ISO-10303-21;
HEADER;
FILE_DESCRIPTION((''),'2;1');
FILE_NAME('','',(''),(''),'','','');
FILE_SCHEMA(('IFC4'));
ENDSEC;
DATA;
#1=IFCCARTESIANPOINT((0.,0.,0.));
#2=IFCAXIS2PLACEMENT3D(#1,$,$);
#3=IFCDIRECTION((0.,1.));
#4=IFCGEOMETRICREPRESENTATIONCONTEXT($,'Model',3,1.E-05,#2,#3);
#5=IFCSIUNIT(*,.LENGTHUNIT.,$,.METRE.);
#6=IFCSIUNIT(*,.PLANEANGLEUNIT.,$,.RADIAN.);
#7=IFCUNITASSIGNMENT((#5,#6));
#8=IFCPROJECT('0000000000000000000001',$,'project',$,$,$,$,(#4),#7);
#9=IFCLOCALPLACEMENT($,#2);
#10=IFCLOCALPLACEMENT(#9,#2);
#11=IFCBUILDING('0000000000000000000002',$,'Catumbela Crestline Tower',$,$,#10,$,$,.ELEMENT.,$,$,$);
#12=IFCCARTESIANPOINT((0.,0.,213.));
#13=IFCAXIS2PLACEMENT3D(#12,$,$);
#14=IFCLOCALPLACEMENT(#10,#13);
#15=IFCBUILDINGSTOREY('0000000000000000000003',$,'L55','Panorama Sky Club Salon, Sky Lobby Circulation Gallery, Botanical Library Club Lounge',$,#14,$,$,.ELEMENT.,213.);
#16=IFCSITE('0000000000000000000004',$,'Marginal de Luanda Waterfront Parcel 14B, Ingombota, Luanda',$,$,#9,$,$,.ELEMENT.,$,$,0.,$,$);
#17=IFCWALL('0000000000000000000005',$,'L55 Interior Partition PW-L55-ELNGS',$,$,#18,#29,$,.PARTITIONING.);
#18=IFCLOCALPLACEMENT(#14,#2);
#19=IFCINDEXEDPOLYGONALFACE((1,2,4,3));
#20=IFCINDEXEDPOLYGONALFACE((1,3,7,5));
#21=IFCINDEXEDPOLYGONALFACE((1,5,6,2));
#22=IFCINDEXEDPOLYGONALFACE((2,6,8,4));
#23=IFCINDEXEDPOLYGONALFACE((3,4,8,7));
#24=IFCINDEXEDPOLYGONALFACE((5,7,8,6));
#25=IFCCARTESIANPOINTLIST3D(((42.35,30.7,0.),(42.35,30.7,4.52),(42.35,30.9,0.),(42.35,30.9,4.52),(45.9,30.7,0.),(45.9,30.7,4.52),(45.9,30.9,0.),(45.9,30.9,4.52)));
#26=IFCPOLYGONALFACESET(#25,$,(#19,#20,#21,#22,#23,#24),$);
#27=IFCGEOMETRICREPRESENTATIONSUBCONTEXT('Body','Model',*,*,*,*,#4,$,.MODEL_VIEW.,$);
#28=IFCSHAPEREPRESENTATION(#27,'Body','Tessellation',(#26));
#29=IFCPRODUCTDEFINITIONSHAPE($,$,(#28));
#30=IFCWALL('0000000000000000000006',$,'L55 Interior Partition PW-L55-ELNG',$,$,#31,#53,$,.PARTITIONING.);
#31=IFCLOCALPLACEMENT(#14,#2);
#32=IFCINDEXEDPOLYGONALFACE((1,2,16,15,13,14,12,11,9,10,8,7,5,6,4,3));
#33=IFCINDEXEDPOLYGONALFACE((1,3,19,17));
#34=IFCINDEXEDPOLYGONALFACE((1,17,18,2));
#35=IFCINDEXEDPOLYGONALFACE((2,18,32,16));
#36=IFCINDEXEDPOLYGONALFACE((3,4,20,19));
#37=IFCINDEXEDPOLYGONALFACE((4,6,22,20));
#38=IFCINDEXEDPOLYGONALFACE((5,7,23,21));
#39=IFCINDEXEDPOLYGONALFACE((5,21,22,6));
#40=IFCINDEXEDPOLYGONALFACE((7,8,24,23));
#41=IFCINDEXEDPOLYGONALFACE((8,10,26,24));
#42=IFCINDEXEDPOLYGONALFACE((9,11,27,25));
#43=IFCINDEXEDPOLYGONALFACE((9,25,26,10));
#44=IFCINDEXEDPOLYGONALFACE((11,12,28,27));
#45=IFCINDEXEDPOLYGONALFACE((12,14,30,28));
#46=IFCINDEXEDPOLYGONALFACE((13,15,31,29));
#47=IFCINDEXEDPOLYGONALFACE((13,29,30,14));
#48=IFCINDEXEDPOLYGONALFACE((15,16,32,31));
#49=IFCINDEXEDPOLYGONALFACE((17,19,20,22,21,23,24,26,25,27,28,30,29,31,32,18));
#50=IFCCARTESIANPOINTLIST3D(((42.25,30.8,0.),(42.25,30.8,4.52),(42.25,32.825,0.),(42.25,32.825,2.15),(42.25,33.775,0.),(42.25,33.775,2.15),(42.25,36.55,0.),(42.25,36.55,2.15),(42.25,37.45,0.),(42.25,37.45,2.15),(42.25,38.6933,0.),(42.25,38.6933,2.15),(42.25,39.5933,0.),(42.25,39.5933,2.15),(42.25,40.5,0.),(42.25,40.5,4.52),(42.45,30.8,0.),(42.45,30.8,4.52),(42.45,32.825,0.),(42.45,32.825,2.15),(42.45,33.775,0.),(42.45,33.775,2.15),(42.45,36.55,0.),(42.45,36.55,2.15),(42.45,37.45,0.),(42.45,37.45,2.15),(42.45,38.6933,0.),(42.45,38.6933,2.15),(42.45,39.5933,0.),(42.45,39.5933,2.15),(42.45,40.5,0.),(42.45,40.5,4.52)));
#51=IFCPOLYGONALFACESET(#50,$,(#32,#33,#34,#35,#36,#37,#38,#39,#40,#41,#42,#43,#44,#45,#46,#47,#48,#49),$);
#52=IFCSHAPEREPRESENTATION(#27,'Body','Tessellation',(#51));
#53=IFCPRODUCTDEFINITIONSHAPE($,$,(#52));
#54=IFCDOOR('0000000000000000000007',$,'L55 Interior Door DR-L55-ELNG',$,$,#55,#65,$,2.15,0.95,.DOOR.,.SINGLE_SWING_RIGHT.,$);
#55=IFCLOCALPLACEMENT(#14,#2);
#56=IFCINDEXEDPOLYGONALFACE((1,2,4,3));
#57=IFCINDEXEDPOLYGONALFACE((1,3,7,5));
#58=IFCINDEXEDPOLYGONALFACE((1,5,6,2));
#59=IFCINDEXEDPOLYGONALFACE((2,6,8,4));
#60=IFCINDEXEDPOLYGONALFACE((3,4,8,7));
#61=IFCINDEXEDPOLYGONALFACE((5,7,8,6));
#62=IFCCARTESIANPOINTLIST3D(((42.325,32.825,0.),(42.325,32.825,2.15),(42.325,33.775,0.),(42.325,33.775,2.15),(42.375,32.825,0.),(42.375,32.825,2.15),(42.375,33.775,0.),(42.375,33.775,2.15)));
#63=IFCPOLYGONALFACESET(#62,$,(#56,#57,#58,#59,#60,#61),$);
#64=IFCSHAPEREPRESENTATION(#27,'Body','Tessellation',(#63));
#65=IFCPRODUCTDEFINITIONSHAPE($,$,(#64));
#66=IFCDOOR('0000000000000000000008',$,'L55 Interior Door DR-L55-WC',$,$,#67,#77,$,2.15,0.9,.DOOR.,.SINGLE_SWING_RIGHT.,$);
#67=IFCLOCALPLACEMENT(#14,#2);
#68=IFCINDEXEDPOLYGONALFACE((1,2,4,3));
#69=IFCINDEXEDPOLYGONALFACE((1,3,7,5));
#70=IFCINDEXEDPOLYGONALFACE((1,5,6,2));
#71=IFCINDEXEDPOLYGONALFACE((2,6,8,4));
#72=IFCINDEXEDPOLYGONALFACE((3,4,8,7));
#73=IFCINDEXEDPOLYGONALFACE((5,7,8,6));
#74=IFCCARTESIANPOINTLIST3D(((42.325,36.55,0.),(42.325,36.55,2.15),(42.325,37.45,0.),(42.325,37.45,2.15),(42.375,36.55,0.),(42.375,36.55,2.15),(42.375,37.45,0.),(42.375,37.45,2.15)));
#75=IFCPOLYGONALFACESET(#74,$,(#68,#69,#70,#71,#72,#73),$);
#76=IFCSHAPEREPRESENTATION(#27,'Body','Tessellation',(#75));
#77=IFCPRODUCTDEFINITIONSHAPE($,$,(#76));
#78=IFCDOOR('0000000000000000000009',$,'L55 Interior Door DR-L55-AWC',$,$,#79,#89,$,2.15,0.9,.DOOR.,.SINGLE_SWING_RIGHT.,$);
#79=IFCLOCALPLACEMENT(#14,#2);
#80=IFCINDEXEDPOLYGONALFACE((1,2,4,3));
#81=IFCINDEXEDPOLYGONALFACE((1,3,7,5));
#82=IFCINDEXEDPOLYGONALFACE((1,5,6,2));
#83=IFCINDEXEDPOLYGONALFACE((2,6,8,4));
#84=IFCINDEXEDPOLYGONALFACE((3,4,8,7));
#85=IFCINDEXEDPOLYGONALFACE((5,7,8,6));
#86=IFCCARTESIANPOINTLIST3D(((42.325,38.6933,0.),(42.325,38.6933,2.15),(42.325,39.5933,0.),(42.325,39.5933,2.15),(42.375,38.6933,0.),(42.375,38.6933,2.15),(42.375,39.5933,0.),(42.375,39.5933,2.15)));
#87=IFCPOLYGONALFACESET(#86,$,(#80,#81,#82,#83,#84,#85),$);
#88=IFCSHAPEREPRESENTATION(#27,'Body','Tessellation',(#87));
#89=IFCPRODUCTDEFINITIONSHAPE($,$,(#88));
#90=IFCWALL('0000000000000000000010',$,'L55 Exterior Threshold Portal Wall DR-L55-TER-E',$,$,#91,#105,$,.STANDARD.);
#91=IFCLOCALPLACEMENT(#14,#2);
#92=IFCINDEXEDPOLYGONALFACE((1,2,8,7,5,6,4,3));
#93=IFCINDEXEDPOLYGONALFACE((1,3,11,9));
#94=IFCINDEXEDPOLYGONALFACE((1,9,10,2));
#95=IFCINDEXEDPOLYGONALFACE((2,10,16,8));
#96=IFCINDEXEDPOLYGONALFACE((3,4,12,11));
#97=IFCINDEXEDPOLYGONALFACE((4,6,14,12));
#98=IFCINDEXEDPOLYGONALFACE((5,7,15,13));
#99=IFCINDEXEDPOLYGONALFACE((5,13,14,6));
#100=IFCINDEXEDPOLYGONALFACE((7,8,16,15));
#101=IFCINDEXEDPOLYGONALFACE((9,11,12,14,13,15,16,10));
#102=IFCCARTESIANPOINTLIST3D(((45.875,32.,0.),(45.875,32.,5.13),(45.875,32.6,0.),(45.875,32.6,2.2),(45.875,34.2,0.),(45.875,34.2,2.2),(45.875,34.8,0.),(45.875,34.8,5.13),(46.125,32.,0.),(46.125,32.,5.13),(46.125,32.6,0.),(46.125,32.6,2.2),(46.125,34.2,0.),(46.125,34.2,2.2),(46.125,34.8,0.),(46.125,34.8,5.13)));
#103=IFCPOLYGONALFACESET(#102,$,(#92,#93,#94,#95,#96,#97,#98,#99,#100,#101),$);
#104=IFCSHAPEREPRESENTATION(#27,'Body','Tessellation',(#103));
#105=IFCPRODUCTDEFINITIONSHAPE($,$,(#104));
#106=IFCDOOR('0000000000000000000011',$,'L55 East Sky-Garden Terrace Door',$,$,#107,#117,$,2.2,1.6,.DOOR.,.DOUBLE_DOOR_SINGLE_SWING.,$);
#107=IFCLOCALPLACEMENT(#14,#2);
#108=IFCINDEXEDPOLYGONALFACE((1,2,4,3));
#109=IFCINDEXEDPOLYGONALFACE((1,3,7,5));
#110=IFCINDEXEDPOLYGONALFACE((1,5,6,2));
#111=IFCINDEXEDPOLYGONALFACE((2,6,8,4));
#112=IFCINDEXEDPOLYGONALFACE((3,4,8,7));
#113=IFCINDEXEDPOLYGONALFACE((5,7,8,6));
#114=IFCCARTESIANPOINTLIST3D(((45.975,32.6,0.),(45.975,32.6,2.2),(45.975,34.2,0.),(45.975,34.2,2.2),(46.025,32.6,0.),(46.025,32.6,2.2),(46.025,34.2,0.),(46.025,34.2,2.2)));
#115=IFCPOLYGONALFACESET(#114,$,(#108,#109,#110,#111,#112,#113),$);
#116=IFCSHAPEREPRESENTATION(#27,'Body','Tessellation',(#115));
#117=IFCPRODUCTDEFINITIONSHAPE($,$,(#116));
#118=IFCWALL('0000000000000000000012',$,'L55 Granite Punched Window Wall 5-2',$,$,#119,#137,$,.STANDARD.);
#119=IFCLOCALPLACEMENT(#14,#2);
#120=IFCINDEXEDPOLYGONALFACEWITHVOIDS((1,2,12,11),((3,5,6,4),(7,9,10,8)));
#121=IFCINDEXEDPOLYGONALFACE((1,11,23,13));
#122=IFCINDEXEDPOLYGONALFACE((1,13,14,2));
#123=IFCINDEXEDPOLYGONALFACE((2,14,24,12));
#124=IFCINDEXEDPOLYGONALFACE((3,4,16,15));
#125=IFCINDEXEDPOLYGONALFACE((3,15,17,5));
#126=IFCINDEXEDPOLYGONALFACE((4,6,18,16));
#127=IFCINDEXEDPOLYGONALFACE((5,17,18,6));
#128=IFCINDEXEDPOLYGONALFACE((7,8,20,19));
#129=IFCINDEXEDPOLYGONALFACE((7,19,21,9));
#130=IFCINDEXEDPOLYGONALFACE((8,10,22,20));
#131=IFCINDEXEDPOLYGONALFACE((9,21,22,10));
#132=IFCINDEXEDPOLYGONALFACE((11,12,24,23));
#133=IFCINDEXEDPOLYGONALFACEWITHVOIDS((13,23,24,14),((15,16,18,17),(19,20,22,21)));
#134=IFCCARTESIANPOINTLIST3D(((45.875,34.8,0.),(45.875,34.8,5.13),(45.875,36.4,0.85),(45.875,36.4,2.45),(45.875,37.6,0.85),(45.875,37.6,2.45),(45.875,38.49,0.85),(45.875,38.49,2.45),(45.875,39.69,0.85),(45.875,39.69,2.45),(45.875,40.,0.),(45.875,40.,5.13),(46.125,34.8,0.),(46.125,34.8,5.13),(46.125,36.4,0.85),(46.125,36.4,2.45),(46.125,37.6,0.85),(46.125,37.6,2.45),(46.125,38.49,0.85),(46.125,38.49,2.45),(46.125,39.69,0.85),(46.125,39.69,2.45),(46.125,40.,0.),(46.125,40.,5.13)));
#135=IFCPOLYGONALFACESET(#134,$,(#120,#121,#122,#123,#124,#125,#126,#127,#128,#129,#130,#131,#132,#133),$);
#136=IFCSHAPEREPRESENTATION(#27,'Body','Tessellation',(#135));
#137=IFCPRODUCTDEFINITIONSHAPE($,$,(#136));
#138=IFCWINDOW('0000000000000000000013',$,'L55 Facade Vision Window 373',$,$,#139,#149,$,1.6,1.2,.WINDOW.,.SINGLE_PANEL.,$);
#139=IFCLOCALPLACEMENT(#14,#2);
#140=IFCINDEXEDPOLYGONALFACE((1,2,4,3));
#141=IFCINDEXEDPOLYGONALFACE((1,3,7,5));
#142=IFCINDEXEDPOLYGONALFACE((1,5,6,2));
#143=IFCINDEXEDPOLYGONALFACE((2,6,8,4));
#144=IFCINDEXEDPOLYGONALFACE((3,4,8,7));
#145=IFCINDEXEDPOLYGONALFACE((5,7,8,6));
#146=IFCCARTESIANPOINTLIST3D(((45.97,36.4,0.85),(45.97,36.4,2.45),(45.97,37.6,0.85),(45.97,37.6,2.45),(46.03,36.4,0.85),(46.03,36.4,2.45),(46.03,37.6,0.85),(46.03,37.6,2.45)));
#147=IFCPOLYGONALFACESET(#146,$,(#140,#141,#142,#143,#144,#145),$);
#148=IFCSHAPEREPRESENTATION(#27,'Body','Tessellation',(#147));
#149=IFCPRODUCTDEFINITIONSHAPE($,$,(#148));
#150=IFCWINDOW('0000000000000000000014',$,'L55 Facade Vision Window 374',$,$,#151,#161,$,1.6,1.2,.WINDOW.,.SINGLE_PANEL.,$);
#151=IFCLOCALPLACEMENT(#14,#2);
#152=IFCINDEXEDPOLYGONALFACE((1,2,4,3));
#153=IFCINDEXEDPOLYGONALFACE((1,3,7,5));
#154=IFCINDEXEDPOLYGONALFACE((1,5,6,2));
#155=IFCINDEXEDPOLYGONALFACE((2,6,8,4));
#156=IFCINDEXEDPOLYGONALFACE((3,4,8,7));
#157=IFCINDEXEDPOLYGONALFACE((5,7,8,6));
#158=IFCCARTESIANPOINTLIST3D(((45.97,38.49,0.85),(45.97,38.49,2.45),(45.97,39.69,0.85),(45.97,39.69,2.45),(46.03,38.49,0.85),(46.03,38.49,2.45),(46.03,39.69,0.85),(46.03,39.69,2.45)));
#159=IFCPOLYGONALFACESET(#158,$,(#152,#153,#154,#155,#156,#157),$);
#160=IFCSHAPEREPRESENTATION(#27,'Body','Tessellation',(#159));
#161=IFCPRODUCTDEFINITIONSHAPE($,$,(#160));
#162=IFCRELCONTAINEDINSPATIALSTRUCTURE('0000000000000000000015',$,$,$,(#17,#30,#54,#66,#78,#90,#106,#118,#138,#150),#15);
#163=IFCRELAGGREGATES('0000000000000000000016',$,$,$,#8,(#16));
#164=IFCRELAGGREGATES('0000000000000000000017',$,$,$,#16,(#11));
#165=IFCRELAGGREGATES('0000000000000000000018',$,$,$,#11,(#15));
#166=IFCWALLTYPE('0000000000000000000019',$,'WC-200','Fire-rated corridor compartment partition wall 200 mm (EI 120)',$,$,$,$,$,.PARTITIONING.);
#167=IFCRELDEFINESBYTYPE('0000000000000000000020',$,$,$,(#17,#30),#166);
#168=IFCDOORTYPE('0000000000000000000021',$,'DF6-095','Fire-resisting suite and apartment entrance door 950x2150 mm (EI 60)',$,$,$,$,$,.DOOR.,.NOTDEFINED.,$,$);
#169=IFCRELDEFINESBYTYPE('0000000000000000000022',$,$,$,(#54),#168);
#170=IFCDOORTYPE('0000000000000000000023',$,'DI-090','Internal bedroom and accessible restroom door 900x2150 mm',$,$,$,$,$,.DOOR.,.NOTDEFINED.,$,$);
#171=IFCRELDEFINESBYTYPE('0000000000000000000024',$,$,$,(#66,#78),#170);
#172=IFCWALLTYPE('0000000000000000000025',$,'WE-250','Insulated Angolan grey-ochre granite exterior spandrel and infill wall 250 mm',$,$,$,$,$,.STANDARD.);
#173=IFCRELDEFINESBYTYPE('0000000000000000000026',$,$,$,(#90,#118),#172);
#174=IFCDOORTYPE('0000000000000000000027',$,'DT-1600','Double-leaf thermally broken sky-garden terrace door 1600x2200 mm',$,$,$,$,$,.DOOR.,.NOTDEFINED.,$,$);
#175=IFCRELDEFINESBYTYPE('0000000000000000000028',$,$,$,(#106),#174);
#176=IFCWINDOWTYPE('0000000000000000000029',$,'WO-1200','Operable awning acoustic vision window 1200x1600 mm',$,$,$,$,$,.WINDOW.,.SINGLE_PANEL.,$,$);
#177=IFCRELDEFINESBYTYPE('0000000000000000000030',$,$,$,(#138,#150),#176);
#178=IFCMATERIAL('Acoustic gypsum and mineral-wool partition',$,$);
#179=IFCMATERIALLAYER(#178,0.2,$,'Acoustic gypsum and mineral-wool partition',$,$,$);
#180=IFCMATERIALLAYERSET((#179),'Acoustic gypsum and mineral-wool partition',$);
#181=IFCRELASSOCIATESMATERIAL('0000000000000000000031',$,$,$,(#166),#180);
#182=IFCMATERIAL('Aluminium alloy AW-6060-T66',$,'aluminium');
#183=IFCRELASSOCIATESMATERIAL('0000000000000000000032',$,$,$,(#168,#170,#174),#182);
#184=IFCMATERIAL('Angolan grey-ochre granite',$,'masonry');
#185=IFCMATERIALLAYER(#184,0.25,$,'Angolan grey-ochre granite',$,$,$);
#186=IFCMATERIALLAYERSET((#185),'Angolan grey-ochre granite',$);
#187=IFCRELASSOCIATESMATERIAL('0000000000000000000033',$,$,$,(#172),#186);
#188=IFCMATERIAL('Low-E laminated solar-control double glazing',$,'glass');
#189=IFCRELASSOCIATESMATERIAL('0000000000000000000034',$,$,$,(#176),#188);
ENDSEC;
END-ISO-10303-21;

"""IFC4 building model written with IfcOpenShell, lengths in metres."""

from ifc_helpers import new_model, si_unit, direction, frame, frame_2d, origin, place, context, subcontext, project, spatial, rectangle, extrude, material, layer, layer_set, type_object, element, fill, save


model = new_model("IFC4")

# Units and contexts
model_context = context("Model", 3, precision=1e-05, world=origin(), true_north=direction((0.0, 1.0)))
body_context = subcontext(model_context, "Body", "Model", "MODEL_VIEW")
ifc_project = project(units=[si_unit("LENGTHUNIT", "METRE"), si_unit("PLANEANGLEUNIT", "RADIAN")], contexts=[model_context])

# Site, building, storey
site_placement = place(None, origin())
site = spatial("IfcSite", under=ifc_project, at=site_placement, Name="Marginal de Luanda Waterfront Parcel 14B, Ingombota, Luanda", CompositionType="ELEMENT", RefElevation=0.0)
building_placement = place(site_placement, origin())
building = spatial("IfcBuilding", under=site, at=building_placement, Name="Catumbela Crestline Tower", CompositionType="ELEMENT")
storey_placement = place(building_placement, frame((0.0, 0.0, 213.0)))
storey = spatial("IfcBuildingStorey", under=building, at=storey_placement, Name="L55", Description="Panorama Sky Club Salon, Sky Lobby Circulation Gallery, Botanical Library Club Lounge", CompositionType="ELEMENT", Elevation=213.0)

# Wall
ifc_material_1 = material(Name="Acoustic gypsum and mineral-wool partition")
ifc_layer_1 = layer(ifc_material_1, 0.2, Name="Acoustic gypsum and mineral-wool partition")
ifc_layer_set_1 = layer_set([ifc_layer_1], Name="Acoustic gypsum and mineral-wool partition")
wall_type_1 = type_object("IfcWallType", Name="WC-200", Description="Fire-rated corridor compartment partition wall 200 mm (EI 120)", PredefinedType="PARTITIONING", material=ifc_layer_set_1)
wall_1_placement = place(storey_placement, frame((42.35, 30.8, 0.0), z_axis=(0.0, 0.0, 1.0), x_axis=(1.0, 0.0, 0.0)))
element("IfcWall", 1, at=wall_1_placement, inside=storey, type_object=wall_type_1, Name="L55 Interior Partition PW-L55-ELNGS", PredefinedType="PARTITIONING", context=body_context, shape_type="SweptSolid", body=[
    extrude(rectangle(XDim=3.55, YDim=0.2, at=frame_2d((1.775, 0.0))), origin(), (0.0, 0.0, 1.0), 4.52),
])

# Wall, openings, doors
wall_2_placement = place(storey_placement, frame((42.35, 30.8, 0.0), z_axis=(0.0, 0.0, 1.0), x_axis=(0.0, 1.0, 0.0)))
wall_2 = element("IfcWall", 2, at=wall_2_placement, inside=storey, type_object=wall_type_1, Name="L55 Interior Partition PW-L55-ELNG", PredefinedType="PARTITIONING", context=body_context, shape_type="SweptSolid", body=[
    extrude(rectangle(XDim=9.7, YDim=0.2, at=frame_2d((4.85, 0.0))), origin(), (0.0, 0.0, 1.0), 4.52),
])
opening_1_placement = place(wall_2_placement, frame((2.025, 0.0, 0.0)))
opening_1 = element("IfcOpeningElement", 3, at=opening_1_placement, cuts=wall_2, PredefinedType="OPENING", context=body_context, shape_type="SweptSolid", body=[
    extrude(rectangle(XDim=0.95, YDim=2.15, at=frame_2d((0.475, 1.075))), frame((0.0, 0.11, 0.0), z_axis=(0.0, -1.0, 0.0), x_axis=(1.0, 0.0, 0.0)), (0.0, 0.0, 1.0), 0.22),
])
opening_2_placement = place(wall_2_placement, frame((5.75, 0.0, 0.0)))
opening_2 = element("IfcOpeningElement", 4, at=opening_2_placement, cuts=wall_2, PredefinedType="OPENING", context=body_context, shape_type="SweptSolid", body=[
    extrude(rectangle(XDim=0.9, YDim=2.15, at=frame_2d((0.45, 1.075))), frame((0.0, 0.11, 0.0), z_axis=(0.0, -1.0, 0.0), x_axis=(1.0, 0.0, 0.0)), (0.0, 0.0, 1.0), 0.22),
])
opening_3_placement = place(wall_2_placement, frame((7.8933, 0.0, 0.0)))
opening_3 = element("IfcOpeningElement", 5, at=opening_3_placement, cuts=wall_2, PredefinedType="OPENING", context=body_context, shape_type="SweptSolid", body=[
    extrude(rectangle(XDim=0.9, YDim=2.15, at=frame_2d((0.45, 1.075))), frame((0.0, 0.11, 0.0), z_axis=(0.0, -1.0, 0.0), x_axis=(1.0, 0.0, 0.0)), (0.0, 0.0, 1.0), 0.22),
])
ifc_material_2 = material(Name="Aluminium alloy AW-6060-T66", Category="aluminium")
door_type_1 = type_object("IfcDoorType", Name="DF6-095", Description="Fire-resisting suite and apartment entrance door 950x2150 mm (EI 60)", OperationType="NOTDEFINED", PredefinedType="DOOR", material=ifc_material_2)
door_1_placement = place(opening_1_placement, origin())
door_1 = element("IfcDoor", 6, at=door_1_placement, inside=storey, type_object=door_type_1, Name="L55 Interior Door DR-L55-ELNG", OperationType="SINGLE_SWING_RIGHT", OverallHeight=2.15, OverallWidth=0.95, PredefinedType="DOOR", context=body_context, shape_type="SweptSolid", body=[
    extrude(rectangle(XDim=0.95, YDim=2.15, at=frame_2d((0.475, 1.075))), frame((0.0, 0.025, 0.0), z_axis=(0.0, -1.0, 0.0), x_axis=(1.0, 0.0, 0.0)), (0.0, 0.0, 1.0), 0.05),
])
fill(opening_1, door_1)
door_type_2 = type_object("IfcDoorType", Name="DI-090", Description="Internal bedroom and accessible restroom door 900x2150 mm", OperationType="NOTDEFINED", PredefinedType="DOOR", material=ifc_material_2)
door_2_placement = place(opening_2_placement, origin())
door_2 = element("IfcDoor", 7, at=door_2_placement, inside=storey, type_object=door_type_2, Name="L55 Interior Door DR-L55-WC", OperationType="SINGLE_SWING_RIGHT", OverallHeight=2.15, OverallWidth=0.9, PredefinedType="DOOR", context=body_context, shape_type="SweptSolid", body=[
    extrude(rectangle(XDim=0.9, YDim=2.15, at=frame_2d((0.45, 1.075))), frame((0.0, 0.025, 0.0), z_axis=(0.0, -1.0, 0.0), x_axis=(1.0, 0.0, 0.0)), (0.0, 0.0, 1.0), 0.05),
])
fill(opening_2, door_2)
door_3_placement = place(opening_3_placement, origin())
door_3 = element("IfcDoor", 8, at=door_3_placement, inside=storey, type_object=door_type_2, Name="L55 Interior Door DR-L55-AWC", OperationType="SINGLE_SWING_RIGHT", OverallHeight=2.15, OverallWidth=0.9, PredefinedType="DOOR", context=body_context, shape_type="SweptSolid", body=[
    extrude(rectangle(XDim=0.9, YDim=2.15, at=frame_2d((0.45, 1.075))), frame((0.0, 0.025, 0.0), z_axis=(0.0, -1.0, 0.0), x_axis=(1.0, 0.0, 0.0)), (0.0, 0.0, 1.0), 0.05),
])
fill(opening_3, door_3)

# Wall, opening, door
ifc_material_3 = material(Name="Angolan grey-ochre granite", Category="masonry")
ifc_layer_2 = layer(ifc_material_3, 0.25, Name="Angolan grey-ochre granite")
ifc_layer_set_2 = layer_set([ifc_layer_2], Name="Angolan grey-ochre granite")
wall_type_2 = type_object("IfcWallType", Name="WE-250", Description="Insulated Angolan grey-ochre granite exterior spandrel and infill wall 250 mm", PredefinedType="STANDARD", material=ifc_layer_set_2)
wall_3_placement = place(storey_placement, frame((46.0, 32.0, 0.0), z_axis=(0.0, 0.0, 1.0), x_axis=(0.0, 1.0, 0.0)))
wall_3 = element("IfcWall", 9, at=wall_3_placement, inside=storey, type_object=wall_type_2, Name="L55 Exterior Threshold Portal Wall DR-L55-TER-E", PredefinedType="STANDARD", context=body_context, shape_type="SweptSolid", body=[
    extrude(rectangle(XDim=2.8, YDim=0.25, at=frame_2d((1.4, 0.0))), origin(), (0.0, 0.0, 1.0), 5.13),
])
opening_4_placement = place(wall_3_placement, frame((0.6, 0.0, 0.0)))
opening_4 = element("IfcOpeningElement", 10, at=opening_4_placement, cuts=wall_3, PredefinedType="OPENING", context=body_context, shape_type="SweptSolid", body=[
    extrude(rectangle(XDim=1.6, YDim=2.2, at=frame_2d((0.8, 1.1))), frame((0.0, 0.135, 0.0), z_axis=(0.0, -1.0, 0.0), x_axis=(1.0, 0.0, 0.0)), (0.0, 0.0, 1.0), 0.27),
])
door_type_3 = type_object("IfcDoorType", Name="DT-1600", Description="Double-leaf thermally broken sky-garden terrace door 1600x2200 mm", OperationType="NOTDEFINED", PredefinedType="DOOR", material=ifc_material_2)
door_4_placement = place(opening_4_placement, origin())
door_4 = element("IfcDoor", 11, at=door_4_placement, inside=storey, type_object=door_type_3, Name="L55 East Sky-Garden Terrace Door", OperationType="DOUBLE_DOOR_SINGLE_SWING", OverallHeight=2.2, OverallWidth=1.6, PredefinedType="DOOR", context=body_context, shape_type="SweptSolid", body=[
    extrude(rectangle(XDim=1.6, YDim=2.2, at=frame_2d((0.8, 1.1))), frame((0.0, 0.025, 0.0), z_axis=(0.0, -1.0, 0.0), x_axis=(1.0, 0.0, 0.0)), (0.0, 0.0, 1.0), 0.05),
])
fill(opening_4, door_4)

# Wall, openings, windows
wall_4_placement = place(storey_placement, frame((46.0, 34.8, 0.0), z_axis=(0.0, 0.0, 1.0), x_axis=(0.0, 1.0, 0.0)))
wall_4 = element("IfcWall", 12, at=wall_4_placement, inside=storey, type_object=wall_type_2, Name="L55 Granite Punched Window Wall 5-2", PredefinedType="STANDARD", context=body_context, shape_type="SweptSolid", body=[
    extrude(rectangle(XDim=5.2, YDim=0.25, at=frame_2d((2.6, 0.0))), origin(), (0.0, 0.0, 1.0), 5.13),
])
opening_5_placement = place(wall_4_placement, frame((1.6, 0.0, 0.85)))
opening_5 = element("IfcOpeningElement", 13, at=opening_5_placement, cuts=wall_4, PredefinedType="OPENING", context=body_context, shape_type="SweptSolid", body=[
    extrude(rectangle(XDim=1.2, YDim=1.6, at=frame_2d((0.6, 0.8))), frame((0.0, 0.135, 0.0), z_axis=(0.0, -1.0, 0.0), x_axis=(1.0, 0.0, 0.0)), (0.0, 0.0, 1.0), 0.27),
])
opening_6_placement = place(wall_4_placement, frame((3.69, 0.0, 0.85)))
opening_6 = element("IfcOpeningElement", 14, at=opening_6_placement, cuts=wall_4, PredefinedType="OPENING", context=body_context, shape_type="SweptSolid", body=[
    extrude(rectangle(XDim=1.2, YDim=1.6, at=frame_2d((0.6, 0.8))), frame((0.0, 0.135, 0.0), z_axis=(0.0, -1.0, 0.0), x_axis=(1.0, 0.0, 0.0)), (0.0, 0.0, 1.0), 0.27),
])
ifc_material_4 = material(Name="Low-E laminated solar-control double glazing", Category="glass")
window_type_1 = type_object("IfcWindowType", Name="WO-1200", Description="Operable awning acoustic vision window 1200x1600 mm", PartitioningType="SINGLE_PANEL", PredefinedType="WINDOW", material=ifc_material_4)
window_1_placement = place(opening_5_placement, origin())
window_1 = element("IfcWindow", 15, at=window_1_placement, inside=storey, type_object=window_type_1, Name="L55 Facade Vision Window 373", OverallHeight=1.6, OverallWidth=1.2, PartitioningType="SINGLE_PANEL", PredefinedType="WINDOW", context=body_context, shape_type="SweptSolid", body=[
    extrude(rectangle(XDim=1.2, YDim=1.6, at=frame_2d((0.6, 0.8))), frame((0.0, 0.03, 0.0), z_axis=(0.0, -1.0, 0.0), x_axis=(1.0, 0.0, 0.0)), (0.0, 0.0, 1.0), 0.06),
])
fill(opening_5, window_1)
window_2_placement = place(opening_6_placement, origin())
window_2 = element("IfcWindow", 16, at=window_2_placement, inside=storey, type_object=window_type_1, Name="L55 Facade Vision Window 374", OverallHeight=1.6, OverallWidth=1.2, PartitioningType="SINGLE_PANEL", PredefinedType="WINDOW", context=body_context, shape_type="SweptSolid", body=[
    extrude(rectangle(XDim=1.2, YDim=1.6, at=frame_2d((0.6, 0.8))), frame((0.0, 0.03, 0.0), z_axis=(0.0, -1.0, 0.0), x_axis=(1.0, 0.0, 0.0)), (0.0, 0.0, 1.0), 0.06),
])
fill(opening_6, window_2)

save(model, "model.ifc")
